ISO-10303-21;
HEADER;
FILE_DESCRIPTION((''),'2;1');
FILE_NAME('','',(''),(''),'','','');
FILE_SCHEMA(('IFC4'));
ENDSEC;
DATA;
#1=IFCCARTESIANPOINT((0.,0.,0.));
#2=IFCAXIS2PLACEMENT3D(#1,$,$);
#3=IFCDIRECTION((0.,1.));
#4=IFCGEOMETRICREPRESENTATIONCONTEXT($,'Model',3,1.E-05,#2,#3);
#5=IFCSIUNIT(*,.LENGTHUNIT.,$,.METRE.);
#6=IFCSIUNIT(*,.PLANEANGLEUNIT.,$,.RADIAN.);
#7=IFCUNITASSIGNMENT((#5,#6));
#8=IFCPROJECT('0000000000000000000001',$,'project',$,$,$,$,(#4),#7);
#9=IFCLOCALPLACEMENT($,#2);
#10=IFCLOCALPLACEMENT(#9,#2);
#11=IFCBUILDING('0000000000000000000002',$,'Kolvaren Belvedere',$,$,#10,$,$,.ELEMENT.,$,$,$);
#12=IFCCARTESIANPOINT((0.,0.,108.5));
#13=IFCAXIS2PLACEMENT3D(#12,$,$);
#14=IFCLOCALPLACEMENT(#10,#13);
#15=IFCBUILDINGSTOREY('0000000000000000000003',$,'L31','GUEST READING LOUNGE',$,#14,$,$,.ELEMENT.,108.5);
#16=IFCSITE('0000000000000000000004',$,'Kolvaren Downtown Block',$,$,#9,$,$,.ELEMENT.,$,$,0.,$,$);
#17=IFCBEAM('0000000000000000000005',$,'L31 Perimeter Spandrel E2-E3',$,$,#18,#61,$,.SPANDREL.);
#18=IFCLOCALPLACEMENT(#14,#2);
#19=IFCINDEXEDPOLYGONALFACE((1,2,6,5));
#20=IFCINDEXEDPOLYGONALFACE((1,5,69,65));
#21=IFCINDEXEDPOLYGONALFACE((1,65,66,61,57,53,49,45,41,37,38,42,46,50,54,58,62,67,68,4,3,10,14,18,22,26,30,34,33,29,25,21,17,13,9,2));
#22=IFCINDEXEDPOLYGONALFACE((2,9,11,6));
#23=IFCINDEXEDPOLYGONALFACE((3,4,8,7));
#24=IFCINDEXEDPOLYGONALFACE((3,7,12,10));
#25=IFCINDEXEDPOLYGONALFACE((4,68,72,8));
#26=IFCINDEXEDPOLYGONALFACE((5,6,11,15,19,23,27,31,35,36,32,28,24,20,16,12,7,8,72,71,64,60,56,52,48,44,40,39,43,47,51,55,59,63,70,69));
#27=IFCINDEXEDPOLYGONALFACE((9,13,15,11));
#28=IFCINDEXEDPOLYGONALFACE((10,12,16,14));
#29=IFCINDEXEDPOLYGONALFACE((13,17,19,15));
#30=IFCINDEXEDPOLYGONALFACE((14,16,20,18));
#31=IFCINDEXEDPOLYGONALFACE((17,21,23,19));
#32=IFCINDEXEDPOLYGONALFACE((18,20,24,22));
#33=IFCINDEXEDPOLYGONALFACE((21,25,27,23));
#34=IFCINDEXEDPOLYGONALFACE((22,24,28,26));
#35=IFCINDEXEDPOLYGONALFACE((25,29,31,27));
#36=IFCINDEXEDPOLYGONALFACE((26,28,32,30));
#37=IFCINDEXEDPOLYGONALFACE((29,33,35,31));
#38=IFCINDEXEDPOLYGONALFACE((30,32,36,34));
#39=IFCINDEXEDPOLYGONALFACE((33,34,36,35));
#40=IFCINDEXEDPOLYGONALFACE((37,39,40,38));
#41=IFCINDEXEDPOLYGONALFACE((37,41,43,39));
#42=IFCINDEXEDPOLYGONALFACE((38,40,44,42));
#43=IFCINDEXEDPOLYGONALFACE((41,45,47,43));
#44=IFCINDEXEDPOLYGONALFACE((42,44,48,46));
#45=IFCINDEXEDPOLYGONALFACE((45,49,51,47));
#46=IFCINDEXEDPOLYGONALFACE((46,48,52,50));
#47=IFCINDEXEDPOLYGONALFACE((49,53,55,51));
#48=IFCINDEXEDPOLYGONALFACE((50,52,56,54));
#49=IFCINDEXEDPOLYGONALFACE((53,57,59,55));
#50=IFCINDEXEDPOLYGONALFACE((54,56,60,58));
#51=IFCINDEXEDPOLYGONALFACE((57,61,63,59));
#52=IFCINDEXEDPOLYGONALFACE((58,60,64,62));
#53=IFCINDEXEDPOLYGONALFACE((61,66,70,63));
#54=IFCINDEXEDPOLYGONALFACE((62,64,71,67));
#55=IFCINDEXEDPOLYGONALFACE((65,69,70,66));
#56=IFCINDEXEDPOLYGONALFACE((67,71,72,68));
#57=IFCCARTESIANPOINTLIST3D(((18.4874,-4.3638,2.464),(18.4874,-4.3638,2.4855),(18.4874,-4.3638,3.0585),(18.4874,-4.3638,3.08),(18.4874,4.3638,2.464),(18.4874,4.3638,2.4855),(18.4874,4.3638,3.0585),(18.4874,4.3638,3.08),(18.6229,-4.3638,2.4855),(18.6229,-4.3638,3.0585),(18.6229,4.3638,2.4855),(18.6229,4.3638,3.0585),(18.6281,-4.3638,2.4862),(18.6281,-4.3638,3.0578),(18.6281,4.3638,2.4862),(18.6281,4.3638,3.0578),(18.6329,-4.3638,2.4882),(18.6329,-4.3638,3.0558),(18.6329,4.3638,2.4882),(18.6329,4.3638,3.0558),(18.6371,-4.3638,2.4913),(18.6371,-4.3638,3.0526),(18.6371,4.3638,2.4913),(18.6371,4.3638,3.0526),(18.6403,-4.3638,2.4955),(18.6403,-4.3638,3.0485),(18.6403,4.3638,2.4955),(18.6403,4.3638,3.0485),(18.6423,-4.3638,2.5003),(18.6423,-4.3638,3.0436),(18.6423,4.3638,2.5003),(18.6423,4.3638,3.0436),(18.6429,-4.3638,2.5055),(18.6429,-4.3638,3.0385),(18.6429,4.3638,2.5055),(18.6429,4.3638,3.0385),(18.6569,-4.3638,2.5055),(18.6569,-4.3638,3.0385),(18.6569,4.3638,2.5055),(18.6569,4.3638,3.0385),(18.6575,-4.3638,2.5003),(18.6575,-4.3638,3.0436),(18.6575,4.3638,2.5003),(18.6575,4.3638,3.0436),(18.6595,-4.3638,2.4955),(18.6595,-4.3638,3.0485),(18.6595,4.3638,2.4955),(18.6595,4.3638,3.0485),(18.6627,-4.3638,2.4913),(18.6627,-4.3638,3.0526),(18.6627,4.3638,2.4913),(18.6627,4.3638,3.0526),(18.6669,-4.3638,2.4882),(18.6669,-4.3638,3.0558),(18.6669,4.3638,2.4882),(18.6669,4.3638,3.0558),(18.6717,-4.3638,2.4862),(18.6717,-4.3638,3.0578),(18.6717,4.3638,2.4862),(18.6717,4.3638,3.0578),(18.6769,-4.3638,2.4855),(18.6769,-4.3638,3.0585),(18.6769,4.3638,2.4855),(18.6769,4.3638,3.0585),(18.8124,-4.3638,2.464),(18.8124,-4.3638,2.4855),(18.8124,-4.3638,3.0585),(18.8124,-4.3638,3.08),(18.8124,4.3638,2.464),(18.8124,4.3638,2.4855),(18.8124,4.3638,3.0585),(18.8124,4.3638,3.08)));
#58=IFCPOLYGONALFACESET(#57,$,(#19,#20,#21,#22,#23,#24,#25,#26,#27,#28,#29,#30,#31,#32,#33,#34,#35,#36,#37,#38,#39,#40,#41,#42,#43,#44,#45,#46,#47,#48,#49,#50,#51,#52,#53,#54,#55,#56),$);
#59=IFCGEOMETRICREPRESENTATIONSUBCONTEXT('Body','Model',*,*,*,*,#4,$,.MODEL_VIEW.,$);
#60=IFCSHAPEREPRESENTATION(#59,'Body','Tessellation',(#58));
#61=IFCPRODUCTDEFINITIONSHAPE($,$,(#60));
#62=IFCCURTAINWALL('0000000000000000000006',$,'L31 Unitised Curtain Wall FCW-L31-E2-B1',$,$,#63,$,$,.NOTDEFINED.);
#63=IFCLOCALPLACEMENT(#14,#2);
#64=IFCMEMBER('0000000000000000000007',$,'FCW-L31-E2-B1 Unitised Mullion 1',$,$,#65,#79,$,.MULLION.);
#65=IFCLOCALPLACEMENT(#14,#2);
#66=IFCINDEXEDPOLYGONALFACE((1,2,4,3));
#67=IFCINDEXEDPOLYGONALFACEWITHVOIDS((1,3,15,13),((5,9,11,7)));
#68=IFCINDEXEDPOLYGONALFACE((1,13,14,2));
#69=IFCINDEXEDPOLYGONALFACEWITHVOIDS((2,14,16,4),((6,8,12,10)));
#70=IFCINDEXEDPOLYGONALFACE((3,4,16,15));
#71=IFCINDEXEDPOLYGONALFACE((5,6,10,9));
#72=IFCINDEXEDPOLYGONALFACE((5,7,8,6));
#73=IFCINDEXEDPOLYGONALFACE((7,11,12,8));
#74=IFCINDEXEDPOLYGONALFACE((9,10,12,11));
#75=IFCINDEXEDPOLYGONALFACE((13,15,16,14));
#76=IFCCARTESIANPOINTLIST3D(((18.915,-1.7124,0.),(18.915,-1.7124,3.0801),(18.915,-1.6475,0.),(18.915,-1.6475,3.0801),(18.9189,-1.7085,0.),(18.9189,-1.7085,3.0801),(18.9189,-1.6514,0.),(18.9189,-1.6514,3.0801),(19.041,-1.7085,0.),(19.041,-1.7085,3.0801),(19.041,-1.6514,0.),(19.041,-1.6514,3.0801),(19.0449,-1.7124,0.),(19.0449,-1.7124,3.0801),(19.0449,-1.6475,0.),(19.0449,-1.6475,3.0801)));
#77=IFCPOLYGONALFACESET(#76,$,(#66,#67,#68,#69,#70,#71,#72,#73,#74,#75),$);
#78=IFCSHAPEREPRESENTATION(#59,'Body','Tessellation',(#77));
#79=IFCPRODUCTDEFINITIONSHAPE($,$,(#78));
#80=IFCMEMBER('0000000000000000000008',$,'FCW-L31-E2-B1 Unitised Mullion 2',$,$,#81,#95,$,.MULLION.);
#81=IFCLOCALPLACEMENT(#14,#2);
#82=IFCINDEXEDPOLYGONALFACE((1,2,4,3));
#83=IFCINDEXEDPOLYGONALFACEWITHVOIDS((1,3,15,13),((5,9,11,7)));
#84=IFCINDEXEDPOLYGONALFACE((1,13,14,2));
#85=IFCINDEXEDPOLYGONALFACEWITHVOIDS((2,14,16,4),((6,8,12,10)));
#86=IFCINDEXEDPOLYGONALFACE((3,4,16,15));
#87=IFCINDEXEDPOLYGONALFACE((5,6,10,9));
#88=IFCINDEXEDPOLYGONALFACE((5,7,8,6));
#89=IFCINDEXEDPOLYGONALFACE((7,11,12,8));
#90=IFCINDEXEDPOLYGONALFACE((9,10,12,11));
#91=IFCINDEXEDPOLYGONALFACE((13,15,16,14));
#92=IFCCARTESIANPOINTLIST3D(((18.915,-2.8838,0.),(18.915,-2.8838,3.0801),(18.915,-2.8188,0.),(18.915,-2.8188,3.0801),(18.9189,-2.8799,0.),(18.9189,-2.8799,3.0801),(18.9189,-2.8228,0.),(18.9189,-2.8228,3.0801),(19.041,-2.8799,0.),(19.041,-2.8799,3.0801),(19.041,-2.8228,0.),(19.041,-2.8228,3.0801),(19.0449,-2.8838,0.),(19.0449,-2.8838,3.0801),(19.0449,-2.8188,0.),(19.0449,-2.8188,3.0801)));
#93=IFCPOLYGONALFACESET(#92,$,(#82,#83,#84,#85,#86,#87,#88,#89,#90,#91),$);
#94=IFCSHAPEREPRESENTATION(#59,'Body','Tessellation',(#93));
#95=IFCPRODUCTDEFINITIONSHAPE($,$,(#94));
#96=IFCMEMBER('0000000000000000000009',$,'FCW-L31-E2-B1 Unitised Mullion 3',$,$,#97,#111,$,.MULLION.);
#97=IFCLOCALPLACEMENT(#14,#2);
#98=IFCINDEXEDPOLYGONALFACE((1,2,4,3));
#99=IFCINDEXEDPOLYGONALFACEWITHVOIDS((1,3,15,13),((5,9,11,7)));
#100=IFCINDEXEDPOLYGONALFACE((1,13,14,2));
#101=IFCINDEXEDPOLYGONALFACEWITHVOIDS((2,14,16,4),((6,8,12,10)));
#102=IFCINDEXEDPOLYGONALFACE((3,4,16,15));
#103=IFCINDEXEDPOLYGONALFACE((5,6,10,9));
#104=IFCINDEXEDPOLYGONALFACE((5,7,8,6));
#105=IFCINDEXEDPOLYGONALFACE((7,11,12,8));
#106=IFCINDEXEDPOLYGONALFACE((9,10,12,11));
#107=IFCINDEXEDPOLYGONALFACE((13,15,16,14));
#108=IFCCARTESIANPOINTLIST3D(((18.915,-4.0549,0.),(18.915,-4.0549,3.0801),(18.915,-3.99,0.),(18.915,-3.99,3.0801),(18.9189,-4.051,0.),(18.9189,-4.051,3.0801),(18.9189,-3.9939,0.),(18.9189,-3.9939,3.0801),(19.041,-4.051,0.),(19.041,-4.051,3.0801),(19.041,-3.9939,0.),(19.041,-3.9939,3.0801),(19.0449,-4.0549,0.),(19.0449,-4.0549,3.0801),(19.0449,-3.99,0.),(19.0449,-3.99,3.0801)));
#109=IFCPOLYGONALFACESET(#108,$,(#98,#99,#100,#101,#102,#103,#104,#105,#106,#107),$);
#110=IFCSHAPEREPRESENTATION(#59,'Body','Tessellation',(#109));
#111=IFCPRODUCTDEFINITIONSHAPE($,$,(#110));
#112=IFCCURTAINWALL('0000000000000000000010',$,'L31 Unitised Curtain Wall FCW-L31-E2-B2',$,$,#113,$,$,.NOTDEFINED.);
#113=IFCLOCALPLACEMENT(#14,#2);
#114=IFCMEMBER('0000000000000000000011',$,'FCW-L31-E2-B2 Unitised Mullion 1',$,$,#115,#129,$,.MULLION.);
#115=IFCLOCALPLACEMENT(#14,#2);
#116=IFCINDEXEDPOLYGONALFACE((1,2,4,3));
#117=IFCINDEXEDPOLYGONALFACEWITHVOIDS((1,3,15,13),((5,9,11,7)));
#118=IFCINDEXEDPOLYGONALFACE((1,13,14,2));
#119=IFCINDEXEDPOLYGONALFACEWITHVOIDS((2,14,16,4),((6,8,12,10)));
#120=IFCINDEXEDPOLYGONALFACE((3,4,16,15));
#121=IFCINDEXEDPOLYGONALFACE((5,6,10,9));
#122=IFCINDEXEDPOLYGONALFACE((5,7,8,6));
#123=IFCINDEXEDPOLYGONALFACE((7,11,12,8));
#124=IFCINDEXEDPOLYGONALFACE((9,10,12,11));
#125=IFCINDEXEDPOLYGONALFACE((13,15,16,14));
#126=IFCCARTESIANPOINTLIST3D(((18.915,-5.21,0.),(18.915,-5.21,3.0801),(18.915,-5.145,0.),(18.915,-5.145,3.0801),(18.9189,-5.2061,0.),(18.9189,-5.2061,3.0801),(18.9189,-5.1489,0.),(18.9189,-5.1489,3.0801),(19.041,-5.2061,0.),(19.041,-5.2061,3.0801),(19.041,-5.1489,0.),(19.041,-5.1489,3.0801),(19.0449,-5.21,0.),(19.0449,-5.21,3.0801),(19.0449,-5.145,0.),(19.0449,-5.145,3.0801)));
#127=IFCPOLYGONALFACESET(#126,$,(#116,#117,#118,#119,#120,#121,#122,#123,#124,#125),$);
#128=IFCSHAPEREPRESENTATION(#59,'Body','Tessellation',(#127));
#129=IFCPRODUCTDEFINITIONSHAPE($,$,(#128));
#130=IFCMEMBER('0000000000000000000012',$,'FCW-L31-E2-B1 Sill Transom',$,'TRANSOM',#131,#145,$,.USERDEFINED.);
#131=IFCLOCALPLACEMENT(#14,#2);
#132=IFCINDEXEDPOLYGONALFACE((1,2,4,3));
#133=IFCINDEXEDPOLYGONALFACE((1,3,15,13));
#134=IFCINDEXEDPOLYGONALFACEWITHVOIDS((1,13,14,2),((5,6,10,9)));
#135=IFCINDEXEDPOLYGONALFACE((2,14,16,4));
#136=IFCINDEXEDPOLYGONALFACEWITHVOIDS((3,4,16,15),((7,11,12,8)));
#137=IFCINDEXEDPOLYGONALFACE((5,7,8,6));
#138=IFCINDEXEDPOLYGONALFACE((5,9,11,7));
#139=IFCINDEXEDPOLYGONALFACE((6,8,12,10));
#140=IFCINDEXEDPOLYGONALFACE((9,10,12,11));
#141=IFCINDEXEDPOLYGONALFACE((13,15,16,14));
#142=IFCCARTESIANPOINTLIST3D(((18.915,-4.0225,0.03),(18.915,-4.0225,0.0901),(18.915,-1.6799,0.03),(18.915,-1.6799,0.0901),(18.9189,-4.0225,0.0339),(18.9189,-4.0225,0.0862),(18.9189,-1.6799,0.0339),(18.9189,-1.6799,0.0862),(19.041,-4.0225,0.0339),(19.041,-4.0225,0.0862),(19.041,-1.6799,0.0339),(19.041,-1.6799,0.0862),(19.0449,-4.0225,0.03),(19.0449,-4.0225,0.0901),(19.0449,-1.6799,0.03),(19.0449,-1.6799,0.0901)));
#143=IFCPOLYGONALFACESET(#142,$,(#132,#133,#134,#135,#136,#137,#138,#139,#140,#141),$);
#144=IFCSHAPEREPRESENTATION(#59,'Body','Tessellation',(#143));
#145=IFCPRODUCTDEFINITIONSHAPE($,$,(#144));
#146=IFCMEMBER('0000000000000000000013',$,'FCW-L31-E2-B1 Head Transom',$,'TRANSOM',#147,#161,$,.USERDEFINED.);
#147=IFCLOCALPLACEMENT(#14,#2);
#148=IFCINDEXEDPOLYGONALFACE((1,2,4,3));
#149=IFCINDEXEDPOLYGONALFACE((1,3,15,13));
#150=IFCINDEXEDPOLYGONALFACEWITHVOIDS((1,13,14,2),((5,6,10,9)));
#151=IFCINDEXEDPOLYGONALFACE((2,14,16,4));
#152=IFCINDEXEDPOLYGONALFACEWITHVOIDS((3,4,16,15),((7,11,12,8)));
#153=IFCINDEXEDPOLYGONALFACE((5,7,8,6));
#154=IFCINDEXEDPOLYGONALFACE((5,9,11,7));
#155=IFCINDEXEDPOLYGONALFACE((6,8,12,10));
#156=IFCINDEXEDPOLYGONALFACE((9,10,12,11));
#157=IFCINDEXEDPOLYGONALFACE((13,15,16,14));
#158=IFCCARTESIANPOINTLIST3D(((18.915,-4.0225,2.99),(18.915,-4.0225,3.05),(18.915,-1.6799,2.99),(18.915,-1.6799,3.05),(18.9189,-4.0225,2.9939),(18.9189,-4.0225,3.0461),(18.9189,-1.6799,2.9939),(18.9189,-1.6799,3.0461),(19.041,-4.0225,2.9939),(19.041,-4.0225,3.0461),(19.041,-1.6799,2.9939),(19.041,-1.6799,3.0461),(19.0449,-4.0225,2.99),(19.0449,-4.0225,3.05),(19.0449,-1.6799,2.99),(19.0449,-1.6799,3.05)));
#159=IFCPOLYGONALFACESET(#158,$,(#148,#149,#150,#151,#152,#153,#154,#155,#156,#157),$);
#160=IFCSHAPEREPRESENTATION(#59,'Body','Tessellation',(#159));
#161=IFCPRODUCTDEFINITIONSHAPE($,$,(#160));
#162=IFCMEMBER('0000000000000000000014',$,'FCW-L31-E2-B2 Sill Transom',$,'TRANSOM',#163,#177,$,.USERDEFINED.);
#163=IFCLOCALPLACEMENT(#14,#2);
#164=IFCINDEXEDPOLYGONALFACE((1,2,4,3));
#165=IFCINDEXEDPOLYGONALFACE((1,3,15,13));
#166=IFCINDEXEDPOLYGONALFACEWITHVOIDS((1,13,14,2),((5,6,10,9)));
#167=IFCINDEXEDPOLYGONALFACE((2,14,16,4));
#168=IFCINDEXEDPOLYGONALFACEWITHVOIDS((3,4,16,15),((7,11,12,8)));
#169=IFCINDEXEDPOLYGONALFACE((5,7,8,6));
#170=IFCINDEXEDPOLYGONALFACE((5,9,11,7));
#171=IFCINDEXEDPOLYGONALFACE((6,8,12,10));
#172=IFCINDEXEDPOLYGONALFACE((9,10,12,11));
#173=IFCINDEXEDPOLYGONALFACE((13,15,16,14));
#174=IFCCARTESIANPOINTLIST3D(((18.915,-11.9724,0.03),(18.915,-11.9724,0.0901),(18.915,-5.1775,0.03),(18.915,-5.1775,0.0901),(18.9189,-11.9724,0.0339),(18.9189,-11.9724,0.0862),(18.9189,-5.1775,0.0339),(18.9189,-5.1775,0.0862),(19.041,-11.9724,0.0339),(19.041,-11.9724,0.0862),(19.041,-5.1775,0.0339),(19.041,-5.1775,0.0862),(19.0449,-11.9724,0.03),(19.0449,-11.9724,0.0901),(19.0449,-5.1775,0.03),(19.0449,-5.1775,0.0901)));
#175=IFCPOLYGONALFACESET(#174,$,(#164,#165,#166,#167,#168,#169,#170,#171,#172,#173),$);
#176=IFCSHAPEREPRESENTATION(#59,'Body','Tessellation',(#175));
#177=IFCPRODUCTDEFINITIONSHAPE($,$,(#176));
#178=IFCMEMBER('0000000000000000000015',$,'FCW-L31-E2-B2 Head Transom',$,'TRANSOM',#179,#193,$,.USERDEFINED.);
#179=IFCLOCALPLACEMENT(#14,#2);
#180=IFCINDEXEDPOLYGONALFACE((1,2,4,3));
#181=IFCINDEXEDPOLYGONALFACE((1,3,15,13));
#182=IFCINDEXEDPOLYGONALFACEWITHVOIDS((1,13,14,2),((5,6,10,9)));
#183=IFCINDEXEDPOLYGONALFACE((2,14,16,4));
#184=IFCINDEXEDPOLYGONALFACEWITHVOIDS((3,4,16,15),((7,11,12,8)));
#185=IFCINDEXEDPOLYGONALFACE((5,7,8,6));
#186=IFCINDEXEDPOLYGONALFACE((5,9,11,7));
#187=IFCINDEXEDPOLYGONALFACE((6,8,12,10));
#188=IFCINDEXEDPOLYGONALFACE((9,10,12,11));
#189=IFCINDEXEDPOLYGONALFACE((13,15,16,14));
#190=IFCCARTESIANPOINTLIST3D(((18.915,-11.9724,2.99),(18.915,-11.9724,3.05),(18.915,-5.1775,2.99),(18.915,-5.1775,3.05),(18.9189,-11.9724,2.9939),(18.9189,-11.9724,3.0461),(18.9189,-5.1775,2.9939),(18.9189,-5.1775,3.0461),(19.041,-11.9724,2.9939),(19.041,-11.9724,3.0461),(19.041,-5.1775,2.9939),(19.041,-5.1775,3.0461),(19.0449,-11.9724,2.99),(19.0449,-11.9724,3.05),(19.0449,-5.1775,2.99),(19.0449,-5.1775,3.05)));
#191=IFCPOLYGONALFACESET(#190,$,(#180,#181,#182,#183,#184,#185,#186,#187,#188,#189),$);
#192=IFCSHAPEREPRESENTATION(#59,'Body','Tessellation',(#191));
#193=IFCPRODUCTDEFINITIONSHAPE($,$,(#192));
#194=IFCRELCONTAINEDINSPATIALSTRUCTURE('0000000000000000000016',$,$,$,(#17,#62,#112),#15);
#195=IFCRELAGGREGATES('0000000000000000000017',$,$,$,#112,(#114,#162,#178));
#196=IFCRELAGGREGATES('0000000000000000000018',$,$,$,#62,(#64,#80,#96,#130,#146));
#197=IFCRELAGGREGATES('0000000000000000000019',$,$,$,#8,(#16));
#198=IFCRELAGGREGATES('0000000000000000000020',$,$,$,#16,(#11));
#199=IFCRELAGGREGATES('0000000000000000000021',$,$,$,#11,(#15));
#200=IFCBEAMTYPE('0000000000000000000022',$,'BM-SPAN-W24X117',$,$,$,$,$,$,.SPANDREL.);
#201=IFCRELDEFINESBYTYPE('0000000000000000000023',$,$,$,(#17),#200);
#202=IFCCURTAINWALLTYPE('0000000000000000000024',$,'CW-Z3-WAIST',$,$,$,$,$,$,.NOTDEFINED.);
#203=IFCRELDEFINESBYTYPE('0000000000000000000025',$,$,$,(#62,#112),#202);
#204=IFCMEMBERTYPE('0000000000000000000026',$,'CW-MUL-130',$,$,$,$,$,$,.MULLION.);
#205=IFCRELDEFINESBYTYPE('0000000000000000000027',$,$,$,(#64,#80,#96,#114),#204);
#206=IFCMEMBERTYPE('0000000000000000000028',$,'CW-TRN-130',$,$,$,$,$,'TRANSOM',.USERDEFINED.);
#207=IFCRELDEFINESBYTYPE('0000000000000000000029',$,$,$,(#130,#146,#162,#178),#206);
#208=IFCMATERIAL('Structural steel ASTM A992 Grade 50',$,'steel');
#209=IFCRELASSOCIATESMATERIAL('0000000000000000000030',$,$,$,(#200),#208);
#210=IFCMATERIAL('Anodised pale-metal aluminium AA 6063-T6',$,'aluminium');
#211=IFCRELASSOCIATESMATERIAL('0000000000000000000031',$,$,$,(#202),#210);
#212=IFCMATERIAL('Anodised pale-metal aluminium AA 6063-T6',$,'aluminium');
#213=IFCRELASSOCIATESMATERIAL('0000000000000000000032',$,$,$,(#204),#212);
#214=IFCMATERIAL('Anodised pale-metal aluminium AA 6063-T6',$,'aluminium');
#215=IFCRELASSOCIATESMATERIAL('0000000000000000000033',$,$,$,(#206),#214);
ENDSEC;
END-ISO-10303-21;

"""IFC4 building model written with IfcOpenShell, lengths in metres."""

from ifc_helpers import new_model, si_unit, direction, frame, origin, origin_2d, place, context, subcontext, project, spatial, hollow_rectangle, i_section, extrude, material, material_profile, profile_set, type_object, element, aggregate, save


model = new_model("IFC4")

# Units and contexts
model_context = context("Model", 3, precision=1e-05, world=origin(), true_north=direction((0.0, 1.0)))
body_context = subcontext(model_context, "Body", "Model", "MODEL_VIEW")
ifc_project = project(units=[si_unit("LENGTHUNIT", "METRE"), si_unit("PLANEANGLEUNIT", "RADIAN")], contexts=[model_context])

# Site, building, storey
site_placement = place(None, origin())
site = spatial("IfcSite", under=ifc_project, at=site_placement, Name="Kolvaren Downtown Block", CompositionType="ELEMENT", RefElevation=0.0)
building_placement = place(site_placement, origin())
building = spatial("IfcBuilding", under=site, at=building_placement, Name="Kolvaren Belvedere", CompositionType="ELEMENT")
storey_placement = place(building_placement, frame((0.0, 0.0, 108.5)))
storey = spatial("IfcBuildingStorey", under=building, at=storey_placement, Name="L31", Description="GUEST READING LOUNGE", CompositionType="ELEMENT", Elevation=108.5)

# Beam
ifc_material_1 = material(Name="Structural steel ASTM A992 Grade 50", Category="steel")
ifc_material_profile_1 = material_profile(ifc_material_1, i_section(OverallWidth=0.325, OverallDepth=0.616, WebThickness=0.0139, FlangeThickness=0.0215, FilletRadius=0.02, at=origin_2d()), Name="W24X117")
ifc_profile_set_1 = profile_set([ifc_material_profile_1], Name="Structural steel ASTM A992 Grade 50")
beam_type_1 = type_object("IfcBeamType", Name="BM-SPAN-W24X117", PredefinedType="SPANDREL", material=ifc_profile_set_1)
beam_1_placement = place(storey_placement, frame((18.6499, -4.3638, 2.772), z_axis=(0.0, 1.0, 0.0), x_axis=(-1.0, 0.0, 0.0)))
element("IfcBeam", 1, at=beam_1_placement, inside=storey, type_object=beam_type_1, Name="L31 Perimeter Spandrel E2-E3", PredefinedType="SPANDREL", context=body_context, shape_type="SweptSolid", body=[
    extrude(i_section(OverallWidth=0.325, OverallDepth=0.616, WebThickness=0.0139, FlangeThickness=0.0215, FilletRadius=0.02, at=origin_2d()), origin(), (0.0, 0.0, 1.0), 8.7275),
])

# Curtain wall, members
ifc_material_2 = material(Name="Anodised pale-metal aluminium AA 6063-T6", Category="aluminium")
curtain_wall_type = type_object("IfcCurtainWallType", Name="CW-Z3-WAIST", PredefinedType="NOTDEFINED", material=ifc_material_2)
curtain_wall_1_placement = place(storey_placement, origin())
curtain_wall_1 = element("IfcCurtainWall", 2, at=curtain_wall_1_placement, inside=storey, type_object=curtain_wall_type, Name="L31 Unitised Curtain Wall FCW-L31-E2-B1", PredefinedType="NOTDEFINED")
ifc_material_3 = material(Name="Anodised pale-metal aluminium AA 6063-T6", Category="aluminium")
ifc_material_profile_2 = material_profile(ifc_material_3, hollow_rectangle(XDim=0.0649, YDim=0.1299, WallThickness=0.0039, at=origin_2d()), Name="ALU-MUL-130X65")
ifc_profile_set_2 = profile_set([ifc_material_profile_2], Name="Anodised pale-metal aluminium AA 6063-T6")
member_type_1 = type_object("IfcMemberType", Name="CW-MUL-130", PredefinedType="MULLION", material=ifc_profile_set_2)
member_1_placement = place(storey_placement, frame((18.98, -1.6799, 0.0), z_axis=(0.0, 0.0, 1.0), x_axis=(0.0, 1.0, 0.0)))
member_1 = element("IfcMember", 3, at=member_1_placement, type_object=member_type_1, Name="FCW-L31-E2-B1 Unitised Mullion 1", PredefinedType="MULLION", context=body_context, shape_type="SweptSolid", body=[
    extrude(hollow_rectangle(XDim=0.0649, YDim=0.1299, WallThickness=0.0039, at=origin_2d()), origin(), (0.0, 0.0, 1.0), 3.0801),
])
member_2_placement = place(storey_placement, frame((18.98, -2.8513, 0.0), z_axis=(0.0, 0.0, 1.0), x_axis=(0.0, 1.0, 0.0)))
member_2 = element("IfcMember", 4, at=member_2_placement, type_object=member_type_1, Name="FCW-L31-E2-B1 Unitised Mullion 2", PredefinedType="MULLION", context=body_context, shape_type="SweptSolid", body=[
    extrude(hollow_rectangle(XDim=0.0649, YDim=0.1299, WallThickness=0.0039, at=origin_2d()), origin(), (0.0, 0.0, 1.0), 3.0801),
])
member_3_placement = place(storey_placement, frame((18.98, -4.0225, 0.0), z_axis=(0.0, 0.0, 1.0), x_axis=(0.0, 1.0, 0.0)))
member_3 = element("IfcMember", 5, at=member_3_placement, type_object=member_type_1, Name="FCW-L31-E2-B1 Unitised Mullion 3", PredefinedType="MULLION", context=body_context, shape_type="SweptSolid", body=[
    extrude(hollow_rectangle(XDim=0.0649, YDim=0.1299, WallThickness=0.0039, at=origin_2d()), origin(), (0.0, 0.0, 1.0), 3.0801),
])

# Curtain wall, member
curtain_wall_2_placement = place(storey_placement, origin())
curtain_wall_2 = element("IfcCurtainWall", 6, at=curtain_wall_2_placement, inside=storey, type_object=curtain_wall_type, Name="L31 Unitised Curtain Wall FCW-L31-E2-B2", PredefinedType="NOTDEFINED")
member_4_placement = place(storey_placement, frame((18.98, -5.1775, 0.0), z_axis=(0.0, 0.0, 1.0), x_axis=(0.0, 1.0, 0.0)))
member_4 = element("IfcMember", 7, at=member_4_placement, type_object=member_type_1, Name="FCW-L31-E2-B2 Unitised Mullion 1", PredefinedType="MULLION", context=body_context, shape_type="SweptSolid", body=[
    extrude(hollow_rectangle(XDim=0.0649, YDim=0.1299, WallThickness=0.0039, at=origin_2d()), origin(), (0.0, 0.0, 1.0), 3.0801),
])

# Members
ifc_material_4 = material(Name="Anodised pale-metal aluminium AA 6063-T6", Category="aluminium")
ifc_material_profile_3 = material_profile(ifc_material_4, hollow_rectangle(XDim=0.0601, YDim=0.1299, WallThickness=0.0039, at=origin_2d()), Name="ALU-TRN-130X60")
ifc_profile_set_3 = profile_set([ifc_material_profile_3], Name="Anodised pale-metal aluminium AA 6063-T6")
member_type_2 = type_object("IfcMemberType", Name="CW-TRN-130", ElementType="TRANSOM", PredefinedType="USERDEFINED", material=ifc_profile_set_3)
member_5_placement = place(storey_placement, frame((18.98, -1.6799, 0.0601), z_axis=(0.0, -1.0, 0.0), x_axis=(0.0, 0.0, 1.0)))
member_5 = element("IfcMember", 8, at=member_5_placement, type_object=member_type_2, Name="FCW-L31-E2-B1 Sill Transom", ObjectType="TRANSOM", PredefinedType="USERDEFINED", context=body_context, shape_type="SweptSolid", body=[
    extrude(hollow_rectangle(XDim=0.0601, YDim=0.1299, WallThickness=0.0039, at=origin_2d()), origin(), (0.0, 0.0, 1.0), 2.3425),
])
member_6_placement = place(storey_placement, frame((18.98, -1.6799, 3.02), z_axis=(0.0, -1.0, 0.0), x_axis=(0.0, 0.0, 1.0)))
member_6 = element("IfcMember", 9, at=member_6_placement, type_object=member_type_2, Name="FCW-L31-E2-B1 Head Transom", ObjectType="TRANSOM", PredefinedType="USERDEFINED", context=body_context, shape_type="SweptSolid", body=[
    extrude(hollow_rectangle(XDim=0.0601, YDim=0.1299, WallThickness=0.0039, at=origin_2d()), origin(), (0.0, 0.0, 1.0), 2.3425),
])
member_7_placement = place(storey_placement, frame((18.98, -5.1775, 0.0601), z_axis=(0.0, -1.0, 0.0), x_axis=(0.0, 0.0, 1.0)))
member_7 = element("IfcMember", 10, at=member_7_placement, type_object=member_type_2, Name="FCW-L31-E2-B2 Sill Transom", ObjectType="TRANSOM", PredefinedType="USERDEFINED", context=body_context, shape_type="SweptSolid", body=[
    extrude(hollow_rectangle(XDim=0.0601, YDim=0.1299, WallThickness=0.0039, at=origin_2d()), origin(), (0.0, 0.0, 1.0), 6.7949),
])
member_8_placement = place(storey_placement, frame((18.98, -5.1775, 3.02), z_axis=(0.0, -1.0, 0.0), x_axis=(0.0, 0.0, 1.0)))
member_8 = element("IfcMember", 11, at=member_8_placement, type_object=member_type_2, Name="FCW-L31-E2-B2 Head Transom", ObjectType="TRANSOM", PredefinedType="USERDEFINED", context=body_context, shape_type="SweptSolid", body=[
    extrude(hollow_rectangle(XDim=0.0601, YDim=0.1299, WallThickness=0.0039, at=origin_2d()), origin(), (0.0, 0.0, 1.0), 6.7949),
])
aggregate(curtain_wall_2, [member_4, member_7, member_8])

aggregate(curtain_wall_1, [member_1, member_2, member_3, member_5, member_6])

save(model, "model.ifc")
